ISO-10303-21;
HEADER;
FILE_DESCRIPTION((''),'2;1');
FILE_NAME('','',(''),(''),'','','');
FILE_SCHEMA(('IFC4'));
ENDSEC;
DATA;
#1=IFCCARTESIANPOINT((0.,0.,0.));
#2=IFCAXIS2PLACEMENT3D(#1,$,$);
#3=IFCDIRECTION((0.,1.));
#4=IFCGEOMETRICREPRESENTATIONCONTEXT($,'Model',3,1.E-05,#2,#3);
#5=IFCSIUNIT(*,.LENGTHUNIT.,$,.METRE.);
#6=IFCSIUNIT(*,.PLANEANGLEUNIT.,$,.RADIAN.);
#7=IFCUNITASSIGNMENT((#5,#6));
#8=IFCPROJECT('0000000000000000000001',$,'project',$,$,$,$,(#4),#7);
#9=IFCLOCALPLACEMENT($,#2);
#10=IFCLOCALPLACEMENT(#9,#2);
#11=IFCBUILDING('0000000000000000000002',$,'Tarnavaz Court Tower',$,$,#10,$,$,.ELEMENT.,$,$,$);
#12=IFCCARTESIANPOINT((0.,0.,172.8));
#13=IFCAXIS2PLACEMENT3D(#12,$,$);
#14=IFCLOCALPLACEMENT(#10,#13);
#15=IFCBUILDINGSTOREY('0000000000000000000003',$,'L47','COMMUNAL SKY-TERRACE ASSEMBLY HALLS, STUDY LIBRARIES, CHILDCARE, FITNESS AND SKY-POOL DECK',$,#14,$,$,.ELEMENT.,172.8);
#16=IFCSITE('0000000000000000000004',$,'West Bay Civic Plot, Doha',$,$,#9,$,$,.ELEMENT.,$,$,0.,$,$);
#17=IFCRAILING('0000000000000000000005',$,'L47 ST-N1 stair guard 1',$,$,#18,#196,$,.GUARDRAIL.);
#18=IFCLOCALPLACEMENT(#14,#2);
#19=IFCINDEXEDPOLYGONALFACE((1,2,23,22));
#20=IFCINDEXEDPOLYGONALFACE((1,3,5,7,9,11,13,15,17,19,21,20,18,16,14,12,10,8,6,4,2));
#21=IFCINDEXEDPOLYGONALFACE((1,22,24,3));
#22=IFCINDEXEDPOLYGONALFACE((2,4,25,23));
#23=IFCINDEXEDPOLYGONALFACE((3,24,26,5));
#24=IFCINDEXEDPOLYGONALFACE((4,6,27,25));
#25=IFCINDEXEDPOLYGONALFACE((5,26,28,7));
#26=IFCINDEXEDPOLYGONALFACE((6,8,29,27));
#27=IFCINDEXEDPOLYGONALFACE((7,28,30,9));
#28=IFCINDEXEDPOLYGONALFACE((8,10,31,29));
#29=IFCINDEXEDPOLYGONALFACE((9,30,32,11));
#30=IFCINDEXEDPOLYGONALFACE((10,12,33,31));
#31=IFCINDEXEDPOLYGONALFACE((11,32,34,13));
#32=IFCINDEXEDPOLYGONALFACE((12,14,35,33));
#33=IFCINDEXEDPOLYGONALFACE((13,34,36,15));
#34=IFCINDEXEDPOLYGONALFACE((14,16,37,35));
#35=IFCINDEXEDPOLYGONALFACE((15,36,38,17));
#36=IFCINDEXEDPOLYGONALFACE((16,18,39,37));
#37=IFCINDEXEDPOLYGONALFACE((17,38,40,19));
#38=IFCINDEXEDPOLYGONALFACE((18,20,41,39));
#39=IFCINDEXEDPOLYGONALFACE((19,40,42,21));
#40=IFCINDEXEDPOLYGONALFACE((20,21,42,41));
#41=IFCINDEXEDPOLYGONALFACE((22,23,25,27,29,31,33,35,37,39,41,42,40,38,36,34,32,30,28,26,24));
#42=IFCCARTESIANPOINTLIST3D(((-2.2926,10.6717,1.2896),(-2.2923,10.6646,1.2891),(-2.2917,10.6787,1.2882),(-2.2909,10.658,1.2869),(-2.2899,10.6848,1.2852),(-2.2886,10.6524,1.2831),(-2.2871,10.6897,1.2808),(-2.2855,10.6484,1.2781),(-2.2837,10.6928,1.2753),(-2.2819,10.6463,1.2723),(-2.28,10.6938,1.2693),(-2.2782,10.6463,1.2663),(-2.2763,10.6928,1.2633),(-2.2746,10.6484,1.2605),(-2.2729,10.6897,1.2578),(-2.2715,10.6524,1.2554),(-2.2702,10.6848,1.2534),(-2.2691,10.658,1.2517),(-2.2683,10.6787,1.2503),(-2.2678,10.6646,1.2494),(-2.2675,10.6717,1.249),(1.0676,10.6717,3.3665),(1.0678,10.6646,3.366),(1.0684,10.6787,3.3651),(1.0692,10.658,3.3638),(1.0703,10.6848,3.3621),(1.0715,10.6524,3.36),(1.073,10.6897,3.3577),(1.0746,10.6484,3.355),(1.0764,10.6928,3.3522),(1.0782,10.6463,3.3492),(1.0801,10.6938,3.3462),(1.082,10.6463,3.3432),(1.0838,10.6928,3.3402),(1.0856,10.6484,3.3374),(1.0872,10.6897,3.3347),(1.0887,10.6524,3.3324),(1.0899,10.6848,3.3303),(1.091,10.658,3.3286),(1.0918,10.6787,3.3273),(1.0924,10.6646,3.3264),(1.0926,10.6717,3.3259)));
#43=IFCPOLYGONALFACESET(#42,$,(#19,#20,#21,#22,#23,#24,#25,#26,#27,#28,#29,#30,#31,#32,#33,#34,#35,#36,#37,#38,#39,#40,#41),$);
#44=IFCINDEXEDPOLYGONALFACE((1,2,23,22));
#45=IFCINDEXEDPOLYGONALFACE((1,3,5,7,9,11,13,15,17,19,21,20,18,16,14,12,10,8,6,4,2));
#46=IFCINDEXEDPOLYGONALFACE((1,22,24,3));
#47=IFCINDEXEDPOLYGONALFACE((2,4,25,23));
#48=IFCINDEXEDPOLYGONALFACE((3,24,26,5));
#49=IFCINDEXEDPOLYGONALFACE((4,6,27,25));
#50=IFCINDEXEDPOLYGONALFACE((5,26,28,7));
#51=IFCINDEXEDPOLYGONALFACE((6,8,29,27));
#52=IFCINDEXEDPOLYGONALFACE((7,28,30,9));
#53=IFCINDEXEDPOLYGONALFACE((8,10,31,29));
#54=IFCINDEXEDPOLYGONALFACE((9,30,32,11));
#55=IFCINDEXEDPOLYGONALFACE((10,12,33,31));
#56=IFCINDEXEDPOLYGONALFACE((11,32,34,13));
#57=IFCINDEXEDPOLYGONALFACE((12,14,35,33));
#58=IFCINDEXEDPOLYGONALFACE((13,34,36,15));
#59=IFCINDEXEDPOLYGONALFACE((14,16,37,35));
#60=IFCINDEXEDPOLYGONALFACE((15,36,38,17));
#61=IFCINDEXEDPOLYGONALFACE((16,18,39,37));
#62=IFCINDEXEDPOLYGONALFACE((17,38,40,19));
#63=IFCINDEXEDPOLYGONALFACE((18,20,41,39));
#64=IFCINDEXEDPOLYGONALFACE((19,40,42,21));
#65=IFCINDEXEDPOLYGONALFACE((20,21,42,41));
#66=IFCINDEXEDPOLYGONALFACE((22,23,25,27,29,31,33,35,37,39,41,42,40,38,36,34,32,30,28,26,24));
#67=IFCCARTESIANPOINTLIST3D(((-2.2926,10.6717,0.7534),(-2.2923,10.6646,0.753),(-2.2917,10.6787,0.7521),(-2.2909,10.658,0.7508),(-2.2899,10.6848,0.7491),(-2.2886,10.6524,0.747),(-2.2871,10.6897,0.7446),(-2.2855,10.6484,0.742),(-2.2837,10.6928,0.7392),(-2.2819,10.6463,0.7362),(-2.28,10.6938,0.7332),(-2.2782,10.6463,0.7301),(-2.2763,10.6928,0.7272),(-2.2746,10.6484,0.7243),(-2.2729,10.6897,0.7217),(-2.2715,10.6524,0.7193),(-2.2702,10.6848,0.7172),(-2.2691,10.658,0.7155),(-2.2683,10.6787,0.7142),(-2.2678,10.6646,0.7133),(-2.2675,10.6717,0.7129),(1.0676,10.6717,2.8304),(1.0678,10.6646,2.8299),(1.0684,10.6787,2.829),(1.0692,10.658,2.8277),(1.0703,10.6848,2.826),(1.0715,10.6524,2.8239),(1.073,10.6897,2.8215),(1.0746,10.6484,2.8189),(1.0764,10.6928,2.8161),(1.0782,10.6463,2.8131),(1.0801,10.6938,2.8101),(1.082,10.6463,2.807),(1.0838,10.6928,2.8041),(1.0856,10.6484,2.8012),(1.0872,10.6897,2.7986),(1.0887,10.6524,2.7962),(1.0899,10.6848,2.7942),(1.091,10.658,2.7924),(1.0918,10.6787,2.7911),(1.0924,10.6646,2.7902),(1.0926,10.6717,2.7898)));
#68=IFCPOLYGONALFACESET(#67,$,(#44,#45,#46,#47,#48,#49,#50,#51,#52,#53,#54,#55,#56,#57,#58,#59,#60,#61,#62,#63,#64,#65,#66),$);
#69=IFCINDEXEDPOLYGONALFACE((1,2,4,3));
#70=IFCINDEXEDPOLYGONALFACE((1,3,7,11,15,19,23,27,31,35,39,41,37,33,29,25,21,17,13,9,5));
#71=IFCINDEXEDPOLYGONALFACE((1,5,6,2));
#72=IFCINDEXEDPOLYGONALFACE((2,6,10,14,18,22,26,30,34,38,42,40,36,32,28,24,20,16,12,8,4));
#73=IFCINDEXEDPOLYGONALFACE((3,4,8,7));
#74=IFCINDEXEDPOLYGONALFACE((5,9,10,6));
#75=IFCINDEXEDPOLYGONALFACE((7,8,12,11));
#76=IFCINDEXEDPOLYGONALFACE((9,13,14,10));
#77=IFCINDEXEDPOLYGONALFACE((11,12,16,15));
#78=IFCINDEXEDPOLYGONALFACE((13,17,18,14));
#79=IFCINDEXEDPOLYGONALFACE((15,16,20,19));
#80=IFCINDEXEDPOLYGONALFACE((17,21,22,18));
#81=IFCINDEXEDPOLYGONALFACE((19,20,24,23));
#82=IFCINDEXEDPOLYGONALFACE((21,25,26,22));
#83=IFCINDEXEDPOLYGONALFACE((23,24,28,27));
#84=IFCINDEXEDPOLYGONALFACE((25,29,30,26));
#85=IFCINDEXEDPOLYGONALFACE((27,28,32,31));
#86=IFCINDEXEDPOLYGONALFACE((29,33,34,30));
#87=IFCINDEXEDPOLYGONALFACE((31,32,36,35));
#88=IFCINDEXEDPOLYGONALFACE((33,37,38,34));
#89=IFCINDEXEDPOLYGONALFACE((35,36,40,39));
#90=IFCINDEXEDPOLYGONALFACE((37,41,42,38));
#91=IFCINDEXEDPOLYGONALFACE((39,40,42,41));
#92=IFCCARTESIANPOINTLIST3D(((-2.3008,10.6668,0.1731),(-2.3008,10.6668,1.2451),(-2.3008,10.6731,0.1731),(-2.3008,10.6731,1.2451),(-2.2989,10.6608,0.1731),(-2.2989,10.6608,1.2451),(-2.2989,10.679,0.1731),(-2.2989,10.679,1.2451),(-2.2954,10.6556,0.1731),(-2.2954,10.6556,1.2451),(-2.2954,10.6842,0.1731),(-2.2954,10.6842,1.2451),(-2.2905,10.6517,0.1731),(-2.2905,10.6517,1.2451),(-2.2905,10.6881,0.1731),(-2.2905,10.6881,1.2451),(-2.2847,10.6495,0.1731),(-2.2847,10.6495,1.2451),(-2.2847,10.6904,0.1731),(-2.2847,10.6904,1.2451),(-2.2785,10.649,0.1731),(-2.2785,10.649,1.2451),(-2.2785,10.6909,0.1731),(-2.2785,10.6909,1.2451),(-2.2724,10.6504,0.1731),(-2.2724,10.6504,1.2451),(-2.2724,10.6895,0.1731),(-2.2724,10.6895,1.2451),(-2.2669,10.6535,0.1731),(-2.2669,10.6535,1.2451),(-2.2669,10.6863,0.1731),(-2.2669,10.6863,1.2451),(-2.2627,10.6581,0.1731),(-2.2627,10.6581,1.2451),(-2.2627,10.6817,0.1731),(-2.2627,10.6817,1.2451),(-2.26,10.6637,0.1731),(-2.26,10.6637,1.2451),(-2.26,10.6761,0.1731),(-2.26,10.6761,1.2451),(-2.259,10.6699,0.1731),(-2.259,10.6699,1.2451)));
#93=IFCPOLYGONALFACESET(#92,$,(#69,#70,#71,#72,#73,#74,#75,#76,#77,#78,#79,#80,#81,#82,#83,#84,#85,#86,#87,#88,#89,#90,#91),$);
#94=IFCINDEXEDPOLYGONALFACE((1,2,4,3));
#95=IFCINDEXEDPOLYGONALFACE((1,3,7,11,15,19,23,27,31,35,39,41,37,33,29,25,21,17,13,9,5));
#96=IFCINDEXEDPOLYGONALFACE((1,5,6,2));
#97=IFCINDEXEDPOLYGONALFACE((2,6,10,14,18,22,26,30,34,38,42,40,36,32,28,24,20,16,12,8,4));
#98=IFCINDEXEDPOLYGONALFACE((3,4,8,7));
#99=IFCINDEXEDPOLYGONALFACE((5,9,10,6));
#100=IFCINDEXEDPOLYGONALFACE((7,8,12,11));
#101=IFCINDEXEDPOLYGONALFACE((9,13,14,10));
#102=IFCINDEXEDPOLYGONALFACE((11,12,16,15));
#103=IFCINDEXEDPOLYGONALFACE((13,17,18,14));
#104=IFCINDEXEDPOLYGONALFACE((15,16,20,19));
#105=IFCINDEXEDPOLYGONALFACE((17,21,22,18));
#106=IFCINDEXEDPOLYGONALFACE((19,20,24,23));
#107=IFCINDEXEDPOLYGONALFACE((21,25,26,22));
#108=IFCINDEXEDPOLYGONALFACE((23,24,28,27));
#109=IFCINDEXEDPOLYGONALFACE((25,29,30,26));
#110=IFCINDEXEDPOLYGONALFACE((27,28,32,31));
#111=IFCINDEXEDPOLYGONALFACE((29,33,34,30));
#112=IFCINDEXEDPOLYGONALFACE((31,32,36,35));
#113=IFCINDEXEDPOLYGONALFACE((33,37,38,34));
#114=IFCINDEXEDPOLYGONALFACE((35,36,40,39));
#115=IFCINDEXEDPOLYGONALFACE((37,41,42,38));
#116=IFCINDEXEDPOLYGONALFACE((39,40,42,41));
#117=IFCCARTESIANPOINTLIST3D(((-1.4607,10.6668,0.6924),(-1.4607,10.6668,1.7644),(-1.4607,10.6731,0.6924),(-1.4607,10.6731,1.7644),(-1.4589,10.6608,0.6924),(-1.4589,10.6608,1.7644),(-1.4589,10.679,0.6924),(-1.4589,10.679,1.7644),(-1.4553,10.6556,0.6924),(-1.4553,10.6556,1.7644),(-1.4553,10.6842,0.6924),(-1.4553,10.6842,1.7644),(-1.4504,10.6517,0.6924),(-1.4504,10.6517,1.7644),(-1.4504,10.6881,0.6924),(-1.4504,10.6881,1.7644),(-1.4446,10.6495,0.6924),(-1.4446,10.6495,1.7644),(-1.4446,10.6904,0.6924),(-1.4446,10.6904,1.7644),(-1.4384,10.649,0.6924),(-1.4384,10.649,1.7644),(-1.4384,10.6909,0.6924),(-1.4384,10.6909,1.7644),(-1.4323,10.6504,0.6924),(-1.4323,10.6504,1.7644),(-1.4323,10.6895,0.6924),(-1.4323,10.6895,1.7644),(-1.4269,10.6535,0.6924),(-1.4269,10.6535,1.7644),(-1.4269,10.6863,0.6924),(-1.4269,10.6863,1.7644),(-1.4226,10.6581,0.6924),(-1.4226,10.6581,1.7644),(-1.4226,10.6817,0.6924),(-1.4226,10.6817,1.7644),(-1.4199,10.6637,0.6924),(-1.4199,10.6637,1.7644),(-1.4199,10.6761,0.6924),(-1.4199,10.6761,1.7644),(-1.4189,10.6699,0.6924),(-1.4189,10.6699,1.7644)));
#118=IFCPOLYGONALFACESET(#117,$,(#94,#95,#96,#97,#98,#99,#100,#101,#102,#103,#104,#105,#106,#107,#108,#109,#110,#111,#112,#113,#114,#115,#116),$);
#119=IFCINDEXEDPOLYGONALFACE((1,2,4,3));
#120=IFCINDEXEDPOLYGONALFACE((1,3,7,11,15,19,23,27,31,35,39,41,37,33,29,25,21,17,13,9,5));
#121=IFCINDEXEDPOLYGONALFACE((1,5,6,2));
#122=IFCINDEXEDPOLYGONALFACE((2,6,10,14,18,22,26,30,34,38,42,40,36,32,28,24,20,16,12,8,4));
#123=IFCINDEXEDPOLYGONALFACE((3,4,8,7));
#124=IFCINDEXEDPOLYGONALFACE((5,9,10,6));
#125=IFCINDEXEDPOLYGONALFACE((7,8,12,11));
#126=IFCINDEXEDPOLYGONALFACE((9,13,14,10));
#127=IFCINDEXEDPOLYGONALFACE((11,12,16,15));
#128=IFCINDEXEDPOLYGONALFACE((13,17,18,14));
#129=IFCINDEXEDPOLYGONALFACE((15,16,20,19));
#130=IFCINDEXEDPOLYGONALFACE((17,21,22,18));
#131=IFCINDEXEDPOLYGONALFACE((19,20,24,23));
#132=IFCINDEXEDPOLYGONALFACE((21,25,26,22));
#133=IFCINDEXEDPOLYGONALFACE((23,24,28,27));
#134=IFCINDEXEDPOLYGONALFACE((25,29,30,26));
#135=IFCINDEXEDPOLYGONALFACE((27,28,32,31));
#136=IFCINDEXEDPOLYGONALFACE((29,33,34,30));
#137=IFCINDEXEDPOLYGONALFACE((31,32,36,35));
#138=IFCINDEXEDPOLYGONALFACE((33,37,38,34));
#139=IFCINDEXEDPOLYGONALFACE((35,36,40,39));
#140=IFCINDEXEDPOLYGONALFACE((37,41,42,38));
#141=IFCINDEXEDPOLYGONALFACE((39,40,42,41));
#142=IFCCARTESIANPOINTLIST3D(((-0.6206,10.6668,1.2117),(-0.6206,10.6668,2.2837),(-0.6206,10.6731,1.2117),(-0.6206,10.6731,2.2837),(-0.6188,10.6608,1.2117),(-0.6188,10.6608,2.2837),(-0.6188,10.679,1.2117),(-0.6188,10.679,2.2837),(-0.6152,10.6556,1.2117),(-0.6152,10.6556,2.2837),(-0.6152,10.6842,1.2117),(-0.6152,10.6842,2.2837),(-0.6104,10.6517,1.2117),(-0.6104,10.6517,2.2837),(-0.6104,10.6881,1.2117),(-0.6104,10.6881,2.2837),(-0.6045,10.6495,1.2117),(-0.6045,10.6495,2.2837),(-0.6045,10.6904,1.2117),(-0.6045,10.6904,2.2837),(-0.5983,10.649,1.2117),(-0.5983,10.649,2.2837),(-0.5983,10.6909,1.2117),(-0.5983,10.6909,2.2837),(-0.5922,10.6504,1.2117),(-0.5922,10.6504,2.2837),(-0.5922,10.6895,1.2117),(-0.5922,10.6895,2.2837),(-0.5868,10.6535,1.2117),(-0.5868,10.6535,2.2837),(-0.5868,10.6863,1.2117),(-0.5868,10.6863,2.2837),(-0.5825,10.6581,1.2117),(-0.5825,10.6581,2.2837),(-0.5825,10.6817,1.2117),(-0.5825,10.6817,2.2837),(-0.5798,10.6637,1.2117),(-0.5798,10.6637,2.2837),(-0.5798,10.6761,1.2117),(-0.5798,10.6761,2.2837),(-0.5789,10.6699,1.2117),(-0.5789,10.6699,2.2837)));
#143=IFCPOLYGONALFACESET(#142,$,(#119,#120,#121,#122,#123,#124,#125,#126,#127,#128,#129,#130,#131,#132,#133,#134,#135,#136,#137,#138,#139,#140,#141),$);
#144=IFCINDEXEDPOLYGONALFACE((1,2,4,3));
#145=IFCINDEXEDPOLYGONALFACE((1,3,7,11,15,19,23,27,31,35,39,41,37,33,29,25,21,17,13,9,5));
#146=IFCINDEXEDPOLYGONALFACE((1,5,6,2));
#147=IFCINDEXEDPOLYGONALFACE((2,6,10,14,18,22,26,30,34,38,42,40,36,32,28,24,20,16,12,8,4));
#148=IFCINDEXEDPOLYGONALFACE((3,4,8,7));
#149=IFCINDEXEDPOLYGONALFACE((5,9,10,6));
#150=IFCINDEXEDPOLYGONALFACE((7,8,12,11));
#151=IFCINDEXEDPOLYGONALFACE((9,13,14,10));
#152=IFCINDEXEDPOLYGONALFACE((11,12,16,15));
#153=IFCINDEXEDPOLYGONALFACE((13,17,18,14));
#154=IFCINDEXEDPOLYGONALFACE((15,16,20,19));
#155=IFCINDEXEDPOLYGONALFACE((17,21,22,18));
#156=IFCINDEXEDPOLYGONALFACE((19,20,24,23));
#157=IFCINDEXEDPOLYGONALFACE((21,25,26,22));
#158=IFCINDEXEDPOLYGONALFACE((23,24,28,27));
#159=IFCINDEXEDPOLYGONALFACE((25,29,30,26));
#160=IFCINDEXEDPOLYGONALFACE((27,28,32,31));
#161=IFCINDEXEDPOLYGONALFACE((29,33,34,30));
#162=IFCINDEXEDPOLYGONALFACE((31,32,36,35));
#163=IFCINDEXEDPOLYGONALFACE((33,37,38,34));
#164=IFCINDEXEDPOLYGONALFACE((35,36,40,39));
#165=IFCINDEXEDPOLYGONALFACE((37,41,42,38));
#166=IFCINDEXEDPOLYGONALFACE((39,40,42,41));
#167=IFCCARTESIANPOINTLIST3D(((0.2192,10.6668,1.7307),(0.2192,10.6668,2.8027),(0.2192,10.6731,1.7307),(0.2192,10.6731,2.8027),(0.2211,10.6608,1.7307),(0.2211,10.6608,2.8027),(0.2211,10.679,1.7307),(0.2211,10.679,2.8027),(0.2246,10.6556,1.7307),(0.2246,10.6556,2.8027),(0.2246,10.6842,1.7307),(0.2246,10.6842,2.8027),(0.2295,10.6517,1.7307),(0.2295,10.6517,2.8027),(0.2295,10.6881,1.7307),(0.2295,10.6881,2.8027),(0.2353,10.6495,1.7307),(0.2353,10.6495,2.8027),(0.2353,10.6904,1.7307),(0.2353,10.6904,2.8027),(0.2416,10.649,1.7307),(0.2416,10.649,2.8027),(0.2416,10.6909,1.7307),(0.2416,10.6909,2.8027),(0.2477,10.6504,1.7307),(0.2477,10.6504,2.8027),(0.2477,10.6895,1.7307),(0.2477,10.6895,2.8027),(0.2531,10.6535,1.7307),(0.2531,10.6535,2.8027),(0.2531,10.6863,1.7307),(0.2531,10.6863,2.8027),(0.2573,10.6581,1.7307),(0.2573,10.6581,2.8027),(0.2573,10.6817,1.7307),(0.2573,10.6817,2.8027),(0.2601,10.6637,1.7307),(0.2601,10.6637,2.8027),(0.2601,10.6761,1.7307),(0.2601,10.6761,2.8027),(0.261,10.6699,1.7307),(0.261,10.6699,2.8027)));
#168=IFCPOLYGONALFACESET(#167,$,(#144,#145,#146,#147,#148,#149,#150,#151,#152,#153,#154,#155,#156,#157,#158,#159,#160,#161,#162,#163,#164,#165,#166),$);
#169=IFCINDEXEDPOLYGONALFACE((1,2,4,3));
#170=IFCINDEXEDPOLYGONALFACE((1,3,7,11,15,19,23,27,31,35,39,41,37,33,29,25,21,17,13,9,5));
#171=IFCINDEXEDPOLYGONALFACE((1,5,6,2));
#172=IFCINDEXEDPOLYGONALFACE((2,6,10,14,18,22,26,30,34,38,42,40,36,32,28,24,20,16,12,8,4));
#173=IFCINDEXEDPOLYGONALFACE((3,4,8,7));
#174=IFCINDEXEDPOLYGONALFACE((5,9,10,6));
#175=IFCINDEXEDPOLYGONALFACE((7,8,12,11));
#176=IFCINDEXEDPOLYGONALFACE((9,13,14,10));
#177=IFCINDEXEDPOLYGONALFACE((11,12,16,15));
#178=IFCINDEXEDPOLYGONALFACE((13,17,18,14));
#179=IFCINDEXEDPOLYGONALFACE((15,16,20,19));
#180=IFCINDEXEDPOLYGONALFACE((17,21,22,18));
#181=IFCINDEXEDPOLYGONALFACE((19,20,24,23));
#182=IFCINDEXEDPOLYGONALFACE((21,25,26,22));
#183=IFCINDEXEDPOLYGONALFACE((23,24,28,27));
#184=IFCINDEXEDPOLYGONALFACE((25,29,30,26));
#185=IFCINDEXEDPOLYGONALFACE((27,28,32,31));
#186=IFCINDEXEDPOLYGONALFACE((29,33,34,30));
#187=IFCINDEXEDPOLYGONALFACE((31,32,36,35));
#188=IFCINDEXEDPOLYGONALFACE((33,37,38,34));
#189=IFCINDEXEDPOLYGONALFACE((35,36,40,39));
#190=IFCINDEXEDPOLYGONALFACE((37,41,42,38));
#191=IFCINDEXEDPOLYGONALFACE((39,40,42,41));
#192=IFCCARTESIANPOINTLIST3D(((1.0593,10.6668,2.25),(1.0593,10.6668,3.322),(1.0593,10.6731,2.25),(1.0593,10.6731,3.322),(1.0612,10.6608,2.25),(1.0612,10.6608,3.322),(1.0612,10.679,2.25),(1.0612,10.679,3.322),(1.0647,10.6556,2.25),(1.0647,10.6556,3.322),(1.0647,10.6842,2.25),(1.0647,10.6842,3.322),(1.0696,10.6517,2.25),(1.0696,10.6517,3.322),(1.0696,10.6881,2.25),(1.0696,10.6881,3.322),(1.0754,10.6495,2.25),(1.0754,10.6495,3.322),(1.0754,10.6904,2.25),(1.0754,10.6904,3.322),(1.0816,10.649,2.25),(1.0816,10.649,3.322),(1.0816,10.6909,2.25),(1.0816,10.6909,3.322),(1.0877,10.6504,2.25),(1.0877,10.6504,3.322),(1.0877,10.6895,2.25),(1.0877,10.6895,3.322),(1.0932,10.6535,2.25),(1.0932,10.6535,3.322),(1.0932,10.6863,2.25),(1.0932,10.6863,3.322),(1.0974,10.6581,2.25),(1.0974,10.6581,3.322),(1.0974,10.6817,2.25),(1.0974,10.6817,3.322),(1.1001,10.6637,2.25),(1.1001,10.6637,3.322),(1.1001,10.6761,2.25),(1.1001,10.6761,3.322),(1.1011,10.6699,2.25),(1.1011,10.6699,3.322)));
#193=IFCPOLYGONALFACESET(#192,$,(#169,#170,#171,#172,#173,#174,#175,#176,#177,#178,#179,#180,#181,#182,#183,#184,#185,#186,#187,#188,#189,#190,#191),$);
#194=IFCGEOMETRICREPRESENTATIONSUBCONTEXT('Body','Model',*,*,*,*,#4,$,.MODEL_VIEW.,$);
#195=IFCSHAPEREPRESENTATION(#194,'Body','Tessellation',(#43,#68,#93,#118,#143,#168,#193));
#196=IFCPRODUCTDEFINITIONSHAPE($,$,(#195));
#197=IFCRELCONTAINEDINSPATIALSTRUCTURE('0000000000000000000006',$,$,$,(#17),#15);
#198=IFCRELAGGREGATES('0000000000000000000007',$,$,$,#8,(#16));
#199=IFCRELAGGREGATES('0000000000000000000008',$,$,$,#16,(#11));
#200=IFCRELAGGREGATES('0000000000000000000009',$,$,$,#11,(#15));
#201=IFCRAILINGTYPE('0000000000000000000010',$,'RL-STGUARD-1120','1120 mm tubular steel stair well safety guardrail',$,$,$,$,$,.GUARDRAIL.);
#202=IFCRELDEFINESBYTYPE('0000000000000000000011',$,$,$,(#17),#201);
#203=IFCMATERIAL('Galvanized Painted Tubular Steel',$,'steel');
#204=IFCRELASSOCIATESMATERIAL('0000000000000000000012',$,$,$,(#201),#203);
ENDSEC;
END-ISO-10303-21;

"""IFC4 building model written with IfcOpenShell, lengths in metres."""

from ifc_helpers import new_model, si_unit, direction, frame, origin, origin_2d, place, context, subcontext, project, spatial, circle, extrude, material, type_object, element, save


model = new_model("IFC4")

# Units and contexts
model_context = context("Model", 3, precision=1e-05, world=origin(), true_north=direction((0.0, 1.0)))
body_context = subcontext(model_context, "Body", "Model", "MODEL_VIEW")
ifc_project = project(units=[si_unit("LENGTHUNIT", "METRE"), si_unit("PLANEANGLEUNIT", "RADIAN")], contexts=[model_context])

# Site, building, storey
site_placement = place(None, origin())
site = spatial("IfcSite", under=ifc_project, at=site_placement, Name="West Bay Civic Plot, Doha", CompositionType="ELEMENT", RefElevation=0.0)
building_placement = place(site_placement, origin())
building = spatial("IfcBuilding", under=site, at=building_placement, Name="Tarnavaz Court Tower", CompositionType="ELEMENT")
storey_placement = place(building_placement, frame((0.0, 0.0, 172.8)))
storey = spatial("IfcBuildingStorey", under=building, at=storey_placement, Name="L47", Description="COMMUNAL SKY-TERRACE ASSEMBLY HALLS, STUDY LIBRARIES, CHILDCARE, FITNESS AND SKY-POOL DECK", CompositionType="ELEMENT", Elevation=172.8)

# Railing
ifc_material_1 = material(Name="Galvanized Painted Tubular Steel", Category="steel")
railing_type = type_object("IfcRailingType", Name="RL-STGUARD-1120", Description="1120 mm tubular steel stair well safety guardrail", PredefinedType="GUARDRAIL", material=ifc_material_1)
railing_1_placement = place(storey_placement, frame((-2.28, 10.6699, 0.1731)))
element("IfcRailing", 1, at=railing_1_placement, inside=storey, type_object=railing_type, Name="L47 ST-N1 stair guard 1", PredefinedType="GUARDRAIL", context=body_context, shape_type="SweptSolid", body=[
    extrude(circle(Radius=0.0239, at=origin_2d()), frame((0.0, 0.0, 1.0962), z_axis=(0.850623, 0.0, 0.525776), x_axis=(0.0, 1.0, 0.0)), (0.0, 0.0, 1.0), 3.9502),
    extrude(circle(Radius=0.0239, at=origin_2d()), frame((0.0, 0.0, 0.5601), z_axis=(0.850623, 0.0, 0.525776), x_axis=(0.0, 1.0, 0.0)), (0.0, 0.0, 1.0), 3.9502),
    extrude(circle(Radius=0.021, at=origin_2d()), origin(), (0.0, 0.0, 1.0), 1.072),
    extrude(circle(Radius=0.021, at=origin_2d()), frame((0.8401, 0.0, 0.5193)), (0.0, 0.0, 1.0), 1.072),
    extrude(circle(Radius=0.021, at=origin_2d()), frame((1.6802, 0.0, 1.0386)), (0.0, 0.0, 1.0), 1.072),
    extrude(circle(Radius=0.021, at=origin_2d()), frame((2.52, 0.0, 1.5576)), (0.0, 0.0, 1.0), 1.072),
    extrude(circle(Radius=0.021, at=origin_2d()), frame((3.3601, 0.0, 2.0769)), (0.0, 0.0, 1.0), 1.072),
])

save(model, "model.ifc")
